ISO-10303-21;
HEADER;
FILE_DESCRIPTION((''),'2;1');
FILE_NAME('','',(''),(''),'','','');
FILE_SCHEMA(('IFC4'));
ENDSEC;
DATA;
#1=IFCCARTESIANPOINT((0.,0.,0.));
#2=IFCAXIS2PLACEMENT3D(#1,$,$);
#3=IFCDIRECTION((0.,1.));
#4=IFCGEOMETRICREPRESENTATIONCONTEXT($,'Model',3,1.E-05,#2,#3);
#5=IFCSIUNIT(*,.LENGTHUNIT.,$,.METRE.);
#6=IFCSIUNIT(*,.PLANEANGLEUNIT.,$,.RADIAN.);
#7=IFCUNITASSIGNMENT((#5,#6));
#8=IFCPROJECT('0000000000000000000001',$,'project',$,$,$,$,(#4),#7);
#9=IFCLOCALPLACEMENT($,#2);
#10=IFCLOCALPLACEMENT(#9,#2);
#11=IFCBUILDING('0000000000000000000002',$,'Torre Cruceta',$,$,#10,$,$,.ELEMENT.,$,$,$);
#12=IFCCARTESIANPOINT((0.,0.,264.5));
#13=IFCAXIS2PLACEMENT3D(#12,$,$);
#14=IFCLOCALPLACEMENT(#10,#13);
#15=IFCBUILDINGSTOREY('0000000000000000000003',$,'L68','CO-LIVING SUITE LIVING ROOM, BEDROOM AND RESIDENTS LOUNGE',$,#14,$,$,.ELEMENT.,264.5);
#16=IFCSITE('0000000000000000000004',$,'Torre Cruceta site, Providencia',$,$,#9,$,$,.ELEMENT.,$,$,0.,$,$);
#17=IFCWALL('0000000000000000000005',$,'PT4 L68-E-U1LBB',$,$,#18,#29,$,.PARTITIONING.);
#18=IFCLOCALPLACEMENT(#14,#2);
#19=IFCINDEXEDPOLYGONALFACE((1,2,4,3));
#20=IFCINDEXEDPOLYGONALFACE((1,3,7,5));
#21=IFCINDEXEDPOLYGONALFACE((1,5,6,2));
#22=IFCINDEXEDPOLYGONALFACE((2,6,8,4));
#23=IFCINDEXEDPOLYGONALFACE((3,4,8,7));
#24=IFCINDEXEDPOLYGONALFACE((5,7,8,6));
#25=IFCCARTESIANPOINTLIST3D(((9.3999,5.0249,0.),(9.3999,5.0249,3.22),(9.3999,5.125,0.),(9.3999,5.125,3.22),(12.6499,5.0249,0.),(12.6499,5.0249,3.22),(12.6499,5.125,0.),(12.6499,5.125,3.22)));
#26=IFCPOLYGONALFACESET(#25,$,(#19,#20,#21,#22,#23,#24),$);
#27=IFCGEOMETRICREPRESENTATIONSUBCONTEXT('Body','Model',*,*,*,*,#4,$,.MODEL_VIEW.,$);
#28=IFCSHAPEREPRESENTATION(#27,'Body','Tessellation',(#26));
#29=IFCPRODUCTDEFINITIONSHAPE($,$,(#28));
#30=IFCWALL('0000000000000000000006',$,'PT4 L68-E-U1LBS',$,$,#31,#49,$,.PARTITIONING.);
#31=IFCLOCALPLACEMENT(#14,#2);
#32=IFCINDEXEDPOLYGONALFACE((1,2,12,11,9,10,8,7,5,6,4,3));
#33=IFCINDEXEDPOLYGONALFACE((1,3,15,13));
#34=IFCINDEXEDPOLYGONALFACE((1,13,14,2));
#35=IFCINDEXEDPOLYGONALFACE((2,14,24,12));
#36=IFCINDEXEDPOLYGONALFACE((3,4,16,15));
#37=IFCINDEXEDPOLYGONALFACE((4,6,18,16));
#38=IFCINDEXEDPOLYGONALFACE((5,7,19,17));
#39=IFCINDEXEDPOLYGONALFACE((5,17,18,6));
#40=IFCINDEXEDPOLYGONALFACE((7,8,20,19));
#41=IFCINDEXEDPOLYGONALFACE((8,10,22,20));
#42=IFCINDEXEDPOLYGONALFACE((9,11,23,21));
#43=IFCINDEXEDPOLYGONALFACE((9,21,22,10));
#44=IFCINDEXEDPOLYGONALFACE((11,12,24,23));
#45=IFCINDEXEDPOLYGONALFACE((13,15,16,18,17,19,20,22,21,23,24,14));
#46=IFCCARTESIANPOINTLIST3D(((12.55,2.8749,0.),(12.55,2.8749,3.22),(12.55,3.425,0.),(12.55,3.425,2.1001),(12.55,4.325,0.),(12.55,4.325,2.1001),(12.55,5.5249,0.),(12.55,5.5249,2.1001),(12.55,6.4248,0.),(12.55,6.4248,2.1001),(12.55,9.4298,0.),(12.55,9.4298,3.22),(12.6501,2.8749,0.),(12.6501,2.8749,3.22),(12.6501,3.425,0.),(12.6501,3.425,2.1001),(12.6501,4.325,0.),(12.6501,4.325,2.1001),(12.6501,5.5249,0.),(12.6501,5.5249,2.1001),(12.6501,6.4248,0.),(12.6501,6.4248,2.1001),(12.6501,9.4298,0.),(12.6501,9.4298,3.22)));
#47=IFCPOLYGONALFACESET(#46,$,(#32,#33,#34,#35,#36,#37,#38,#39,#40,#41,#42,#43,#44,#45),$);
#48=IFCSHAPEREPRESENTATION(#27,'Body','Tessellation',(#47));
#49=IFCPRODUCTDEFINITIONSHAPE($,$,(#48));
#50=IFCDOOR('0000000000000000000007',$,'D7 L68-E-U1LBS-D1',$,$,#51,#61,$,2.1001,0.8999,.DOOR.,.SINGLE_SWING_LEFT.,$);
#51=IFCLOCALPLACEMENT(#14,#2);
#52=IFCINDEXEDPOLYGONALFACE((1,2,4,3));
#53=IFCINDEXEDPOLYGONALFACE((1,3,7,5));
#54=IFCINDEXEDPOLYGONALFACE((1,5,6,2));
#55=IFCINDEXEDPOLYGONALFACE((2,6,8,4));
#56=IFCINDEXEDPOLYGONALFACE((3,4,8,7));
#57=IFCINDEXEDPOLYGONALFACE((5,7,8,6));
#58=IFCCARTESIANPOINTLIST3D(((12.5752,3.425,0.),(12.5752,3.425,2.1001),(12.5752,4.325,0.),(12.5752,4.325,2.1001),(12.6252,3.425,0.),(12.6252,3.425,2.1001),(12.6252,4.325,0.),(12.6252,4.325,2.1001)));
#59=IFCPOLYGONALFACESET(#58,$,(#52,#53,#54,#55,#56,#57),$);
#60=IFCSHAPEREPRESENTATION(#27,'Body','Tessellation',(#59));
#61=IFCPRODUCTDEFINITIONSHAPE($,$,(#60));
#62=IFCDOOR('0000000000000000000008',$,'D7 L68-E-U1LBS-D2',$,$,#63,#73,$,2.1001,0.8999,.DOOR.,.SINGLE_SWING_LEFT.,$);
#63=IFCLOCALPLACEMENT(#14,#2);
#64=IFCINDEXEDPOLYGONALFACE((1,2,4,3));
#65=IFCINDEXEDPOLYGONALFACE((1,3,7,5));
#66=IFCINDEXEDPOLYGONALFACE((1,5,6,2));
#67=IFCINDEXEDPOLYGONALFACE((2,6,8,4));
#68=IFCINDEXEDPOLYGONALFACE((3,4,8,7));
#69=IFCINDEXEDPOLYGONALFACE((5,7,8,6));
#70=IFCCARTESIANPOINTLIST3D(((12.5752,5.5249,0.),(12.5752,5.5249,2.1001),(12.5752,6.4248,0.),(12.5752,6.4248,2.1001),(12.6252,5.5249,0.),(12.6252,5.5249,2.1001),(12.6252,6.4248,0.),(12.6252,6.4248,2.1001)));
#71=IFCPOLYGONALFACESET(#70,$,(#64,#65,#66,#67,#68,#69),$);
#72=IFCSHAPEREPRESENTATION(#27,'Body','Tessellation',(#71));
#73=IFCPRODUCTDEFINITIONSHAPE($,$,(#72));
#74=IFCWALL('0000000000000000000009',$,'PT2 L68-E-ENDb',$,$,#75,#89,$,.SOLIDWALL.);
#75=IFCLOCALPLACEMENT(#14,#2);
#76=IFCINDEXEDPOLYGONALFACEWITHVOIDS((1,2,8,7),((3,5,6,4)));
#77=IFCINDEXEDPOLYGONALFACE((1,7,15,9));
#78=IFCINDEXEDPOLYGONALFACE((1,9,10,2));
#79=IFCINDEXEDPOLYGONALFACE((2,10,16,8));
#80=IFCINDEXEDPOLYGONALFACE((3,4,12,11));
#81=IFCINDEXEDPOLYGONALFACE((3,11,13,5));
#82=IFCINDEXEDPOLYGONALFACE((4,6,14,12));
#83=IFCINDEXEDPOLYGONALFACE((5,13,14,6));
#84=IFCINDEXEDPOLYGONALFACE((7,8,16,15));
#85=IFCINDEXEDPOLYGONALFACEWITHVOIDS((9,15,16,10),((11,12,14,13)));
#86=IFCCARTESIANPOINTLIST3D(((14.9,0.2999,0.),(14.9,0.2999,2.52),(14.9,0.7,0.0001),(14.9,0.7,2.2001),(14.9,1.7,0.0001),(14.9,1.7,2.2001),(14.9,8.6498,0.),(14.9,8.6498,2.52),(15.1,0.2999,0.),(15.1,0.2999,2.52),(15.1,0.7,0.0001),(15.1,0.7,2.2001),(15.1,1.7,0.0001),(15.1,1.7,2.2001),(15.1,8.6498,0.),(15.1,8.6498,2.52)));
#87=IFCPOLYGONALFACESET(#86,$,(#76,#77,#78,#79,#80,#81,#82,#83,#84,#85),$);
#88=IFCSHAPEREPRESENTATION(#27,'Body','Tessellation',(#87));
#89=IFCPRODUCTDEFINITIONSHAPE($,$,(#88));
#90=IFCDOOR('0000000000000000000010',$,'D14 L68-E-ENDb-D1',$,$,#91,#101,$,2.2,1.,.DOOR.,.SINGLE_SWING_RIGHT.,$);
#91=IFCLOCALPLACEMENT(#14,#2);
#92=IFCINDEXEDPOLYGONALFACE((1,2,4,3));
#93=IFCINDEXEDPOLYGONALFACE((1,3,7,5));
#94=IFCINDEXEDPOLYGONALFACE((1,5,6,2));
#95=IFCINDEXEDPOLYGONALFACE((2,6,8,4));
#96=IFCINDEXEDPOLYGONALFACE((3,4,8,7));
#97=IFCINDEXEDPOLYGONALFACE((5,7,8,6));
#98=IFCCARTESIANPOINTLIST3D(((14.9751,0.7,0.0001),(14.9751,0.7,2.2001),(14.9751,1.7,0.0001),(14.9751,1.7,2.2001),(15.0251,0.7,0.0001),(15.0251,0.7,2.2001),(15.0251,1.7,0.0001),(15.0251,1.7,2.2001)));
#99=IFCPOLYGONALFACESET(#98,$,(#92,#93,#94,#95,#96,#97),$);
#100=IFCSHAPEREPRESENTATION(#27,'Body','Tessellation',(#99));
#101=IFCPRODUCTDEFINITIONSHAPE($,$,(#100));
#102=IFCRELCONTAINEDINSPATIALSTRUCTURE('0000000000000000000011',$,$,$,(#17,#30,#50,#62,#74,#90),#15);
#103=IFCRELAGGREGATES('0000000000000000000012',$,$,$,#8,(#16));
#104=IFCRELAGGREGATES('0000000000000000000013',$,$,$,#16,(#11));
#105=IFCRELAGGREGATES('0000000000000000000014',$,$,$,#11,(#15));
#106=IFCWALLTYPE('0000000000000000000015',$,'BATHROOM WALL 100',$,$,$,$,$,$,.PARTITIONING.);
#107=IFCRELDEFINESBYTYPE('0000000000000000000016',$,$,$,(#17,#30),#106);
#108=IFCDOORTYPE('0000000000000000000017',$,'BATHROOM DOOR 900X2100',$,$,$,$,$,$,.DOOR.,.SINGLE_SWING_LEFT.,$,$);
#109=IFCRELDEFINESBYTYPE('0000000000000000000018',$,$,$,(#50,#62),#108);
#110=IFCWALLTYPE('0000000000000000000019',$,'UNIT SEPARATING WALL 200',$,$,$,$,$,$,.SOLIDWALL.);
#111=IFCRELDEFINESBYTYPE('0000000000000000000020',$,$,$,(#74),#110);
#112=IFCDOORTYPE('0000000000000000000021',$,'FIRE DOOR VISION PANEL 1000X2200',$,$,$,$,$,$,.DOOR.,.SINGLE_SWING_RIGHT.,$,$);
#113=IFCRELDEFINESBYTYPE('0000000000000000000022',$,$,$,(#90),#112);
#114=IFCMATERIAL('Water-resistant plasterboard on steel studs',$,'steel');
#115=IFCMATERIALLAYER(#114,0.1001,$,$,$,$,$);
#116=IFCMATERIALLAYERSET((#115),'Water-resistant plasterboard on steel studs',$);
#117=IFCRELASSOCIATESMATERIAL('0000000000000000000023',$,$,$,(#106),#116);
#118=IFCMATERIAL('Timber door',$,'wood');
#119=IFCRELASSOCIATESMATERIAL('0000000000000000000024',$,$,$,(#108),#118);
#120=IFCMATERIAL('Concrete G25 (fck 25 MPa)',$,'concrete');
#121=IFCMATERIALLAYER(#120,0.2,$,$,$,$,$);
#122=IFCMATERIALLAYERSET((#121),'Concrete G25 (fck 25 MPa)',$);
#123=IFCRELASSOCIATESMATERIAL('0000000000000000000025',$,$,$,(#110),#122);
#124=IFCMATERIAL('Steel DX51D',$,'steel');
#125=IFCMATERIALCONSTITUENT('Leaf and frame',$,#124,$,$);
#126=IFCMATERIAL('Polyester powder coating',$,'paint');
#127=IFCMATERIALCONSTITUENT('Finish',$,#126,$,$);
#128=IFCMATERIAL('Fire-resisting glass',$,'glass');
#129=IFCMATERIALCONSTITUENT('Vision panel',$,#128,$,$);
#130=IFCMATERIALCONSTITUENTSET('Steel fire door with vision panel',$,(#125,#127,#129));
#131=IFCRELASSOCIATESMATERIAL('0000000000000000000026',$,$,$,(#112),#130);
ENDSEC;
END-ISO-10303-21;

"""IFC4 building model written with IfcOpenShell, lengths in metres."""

from ifc_helpers import new_model, si_unit, direction, frame, frame_2d, origin, place, context, subcontext, project, spatial, rectangle, extrude, material, layer, layer_set, constituent, constituent_set, type_object, element, fill, save


model = new_model("IFC4")

# Units and contexts
model_context = context("Model", 3, precision=1e-05, world=origin(), true_north=direction((0.0, 1.0)))
body_context = subcontext(model_context, "Body", "Model", "MODEL_VIEW")
ifc_project = project(units=[si_unit("LENGTHUNIT", "METRE"), si_unit("PLANEANGLEUNIT", "RADIAN")], contexts=[model_context])

# Site, building, storey
site_placement = place(None, origin())
site = spatial("IfcSite", under=ifc_project, at=site_placement, Name="Torre Cruceta site, Providencia", CompositionType="ELEMENT", RefElevation=0.0)
building_placement = place(site_placement, origin())
building = spatial("IfcBuilding", under=site, at=building_placement, Name="Torre Cruceta", CompositionType="ELEMENT")
storey_placement = place(building_placement, frame((0.0, 0.0, 264.5)))
storey = spatial("IfcBuildingStorey", under=building, at=storey_placement, Name="L68", Description="CO-LIVING SUITE LIVING ROOM, BEDROOM AND RESIDENTS LOUNGE", CompositionType="ELEMENT", Elevation=264.5)

# Wall
ifc_material_1 = material(Name="Water-resistant plasterboard on steel studs", Category="steel")
ifc_layer_1 = layer(ifc_material_1, 0.1001)
ifc_layer_set_1 = layer_set([ifc_layer_1], Name="Water-resistant plasterboard on steel studs")
wall_type_1 = type_object("IfcWallType", Name="BATHROOM WALL 100", PredefinedType="PARTITIONING", material=ifc_layer_set_1)
wall_1_placement = place(storey_placement, frame((9.3999, 5.075, 0.0), z_axis=(0.0, 0.0, 1.0), x_axis=(1.0, 0.0, 0.0)))
element("IfcWall", 1, at=wall_1_placement, inside=storey, type_object=wall_type_1, Name="PT4 L68-E-U1LBB", PredefinedType="PARTITIONING", context=body_context, shape_type="SweptSolid", body=[
    extrude(rectangle(XDim=3.25, YDim=0.1001, at=frame_2d((1.625, 0.0))), origin(), (0.0, 0.0, 1.0), 3.22),
])

# Wall, openings, doors
wall_2_placement = place(storey_placement, frame((12.6001, 2.875, 0.0), z_axis=(0.0, 0.0, 1.0), x_axis=(0.0, 1.0, 0.0)))
wall_2 = element("IfcWall", 2, at=wall_2_placement, inside=storey, type_object=wall_type_1, Name="PT4 L68-E-U1LBS", PredefinedType="PARTITIONING", context=body_context, shape_type="SweptSolid", body=[
    extrude(rectangle(XDim=6.5549, YDim=0.1001, at=frame_2d((3.2773, 0.0))), origin(), (0.0, 0.0, 1.0), 3.22),
])
opening_1_placement = place(wall_2_placement, frame((0.55, 0.0, 0.0)))
opening_1 = element("IfcOpeningElement", 3, at=opening_1_placement, cuts=wall_2, PredefinedType="OPENING", context=body_context, shape_type="SweptSolid", body=[
    extrude(rectangle(XDim=0.8999, YDim=2.1001, at=frame_2d((0.45, 1.05))), frame((0.0, 0.0601, 0.0), z_axis=(0.0, -1.0, 0.0), x_axis=(1.0, 0.0, 0.0)), (0.0, 0.0, 1.0), 0.1201),
])
opening_2_placement = place(wall_2_placement, frame((2.6499, 0.0, 0.0)))
opening_2 = element("IfcOpeningElement", 4, at=opening_2_placement, cuts=wall_2, PredefinedType="OPENING", context=body_context, shape_type="SweptSolid", body=[
    extrude(rectangle(XDim=0.8999, YDim=2.1001, at=frame_2d((0.45, 1.05))), frame((0.0, 0.0601, 0.0), z_axis=(0.0, -1.0, 0.0), x_axis=(1.0, 0.0, 0.0)), (0.0, 0.0, 1.0), 0.1201),
])
ifc_material_2 = material(Name="Timber door", Category="wood")
door_type_1 = type_object("IfcDoorType", Name="BATHROOM DOOR 900X2100", OperationType="SINGLE_SWING_LEFT", PredefinedType="DOOR", material=ifc_material_2)
door_1_placement = place(opening_1_placement, origin())
door_1 = element("IfcDoor", 5, at=door_1_placement, inside=storey, type_object=door_type_1, Name="D7 L68-E-U1LBS-D1", OperationType="SINGLE_SWING_LEFT", OverallHeight=2.1001, OverallWidth=0.8999, PredefinedType="DOOR", context=body_context, shape_type="SweptSolid", body=[
    extrude(rectangle(XDim=0.8999, YDim=2.1001, at=frame_2d((0.45, 1.05))), frame((0.0, 0.0249, 0.0), z_axis=(0.0, -1.0, 0.0), x_axis=(1.0, 0.0, 0.0)), (0.0, 0.0, 1.0), 0.05),
])
fill(opening_1, door_1)
door_2_placement = place(opening_2_placement, origin())
door_2 = element("IfcDoor", 6, at=door_2_placement, inside=storey, type_object=door_type_1, Name="D7 L68-E-U1LBS-D2", OperationType="SINGLE_SWING_LEFT", OverallHeight=2.1001, OverallWidth=0.8999, PredefinedType="DOOR", context=body_context, shape_type="SweptSolid", body=[
    extrude(rectangle(XDim=0.8999, YDim=2.1001, at=frame_2d((0.45, 1.05))), frame((0.0, 0.0249, 0.0), z_axis=(0.0, -1.0, 0.0), x_axis=(1.0, 0.0, 0.0)), (0.0, 0.0, 1.0), 0.05),
])
fill(opening_2, door_2)

# Wall, opening, door
ifc_material_3 = material(Name="Concrete G25 (fck 25 MPa)", Category="concrete")
ifc_layer_2 = layer(ifc_material_3, 0.2)
ifc_layer_set_2 = layer_set([ifc_layer_2], Name="Concrete G25 (fck 25 MPa)")
wall_type_2 = type_object("IfcWallType", Name="UNIT SEPARATING WALL 200", PredefinedType="SOLIDWALL", material=ifc_layer_set_2)
wall_3_placement = place(storey_placement, frame((15.0, 0.3, 0.0), z_axis=(0.0, 0.0, 1.0), x_axis=(0.0, 1.0, 0.0)))
wall_3 = element("IfcWall", 7, at=wall_3_placement, inside=storey, type_object=wall_type_2, Name="PT2 L68-E-ENDb", PredefinedType="SOLIDWALL", context=body_context, shape_type="SweptSolid", body=[
    extrude(rectangle(XDim=8.3499, YDim=0.2, at=frame_2d((4.1748, 0.0))), origin(), (0.0, 0.0, 1.0), 2.52),
])
opening_3_placement = place(wall_3_placement, frame((0.3999, 0.0, 0.0)))
opening_3 = element("IfcOpeningElement", 8, at=opening_3_placement, cuts=wall_3, PredefinedType="OPENING", context=body_context, shape_type="SweptSolid", body=[
    extrude(rectangle(XDim=1.0, YDim=2.2, at=frame_2d((0.5, 1.1001))), frame((0.0, 0.1099, 0.0), z_axis=(0.0, -1.0, 0.0), x_axis=(1.0, 0.0, 0.0)), (0.0, 0.0, 1.0), 0.22),
])
ifc_material_4 = material(Name="Steel DX51D", Category="steel")
ifc_constituent_1 = constituent(ifc_material_4, Name="Leaf and frame")
ifc_material_5 = material(Name="Polyester powder coating", Category="paint")
ifc_constituent_2 = constituent(ifc_material_5, Name="Finish")
ifc_material_6 = material(Name="Fire-resisting glass", Category="glass")
ifc_constituent_3 = constituent(ifc_material_6, Name="Vision panel")
ifc_constituent_set = constituent_set(constituents=[ifc_constituent_1, ifc_constituent_2, ifc_constituent_3], Name="Steel fire door with vision panel")
door_type_2 = type_object("IfcDoorType", Name="FIRE DOOR VISION PANEL 1000X2200", OperationType="SINGLE_SWING_RIGHT", PredefinedType="DOOR", material=ifc_constituent_set)
door_3_placement = place(opening_3_placement, frame((1.0, 0.0, 0.0), z_axis=(0.0, 0.0, 1.0), x_axis=(-1.0, 0.0, 0.0)))
door_3 = element("IfcDoor", 9, at=door_3_placement, inside=storey, type_object=door_type_2, Name="D14 L68-E-ENDb-D1", OperationType="SINGLE_SWING_RIGHT", OverallHeight=2.2, OverallWidth=1.0, PredefinedType="DOOR", context=body_context, shape_type="SweptSolid", body=[
    extrude(rectangle(XDim=1.0, YDim=2.2, at=frame_2d((0.5, 1.1001))), frame((0.0, 0.0251, 0.0), z_axis=(0.0, -1.0, 0.0), x_axis=(1.0, 0.0, 0.0)), (0.0, 0.0, 1.0), 0.05),
])
fill(opening_3, door_3)

save(model, "model.ifc")
